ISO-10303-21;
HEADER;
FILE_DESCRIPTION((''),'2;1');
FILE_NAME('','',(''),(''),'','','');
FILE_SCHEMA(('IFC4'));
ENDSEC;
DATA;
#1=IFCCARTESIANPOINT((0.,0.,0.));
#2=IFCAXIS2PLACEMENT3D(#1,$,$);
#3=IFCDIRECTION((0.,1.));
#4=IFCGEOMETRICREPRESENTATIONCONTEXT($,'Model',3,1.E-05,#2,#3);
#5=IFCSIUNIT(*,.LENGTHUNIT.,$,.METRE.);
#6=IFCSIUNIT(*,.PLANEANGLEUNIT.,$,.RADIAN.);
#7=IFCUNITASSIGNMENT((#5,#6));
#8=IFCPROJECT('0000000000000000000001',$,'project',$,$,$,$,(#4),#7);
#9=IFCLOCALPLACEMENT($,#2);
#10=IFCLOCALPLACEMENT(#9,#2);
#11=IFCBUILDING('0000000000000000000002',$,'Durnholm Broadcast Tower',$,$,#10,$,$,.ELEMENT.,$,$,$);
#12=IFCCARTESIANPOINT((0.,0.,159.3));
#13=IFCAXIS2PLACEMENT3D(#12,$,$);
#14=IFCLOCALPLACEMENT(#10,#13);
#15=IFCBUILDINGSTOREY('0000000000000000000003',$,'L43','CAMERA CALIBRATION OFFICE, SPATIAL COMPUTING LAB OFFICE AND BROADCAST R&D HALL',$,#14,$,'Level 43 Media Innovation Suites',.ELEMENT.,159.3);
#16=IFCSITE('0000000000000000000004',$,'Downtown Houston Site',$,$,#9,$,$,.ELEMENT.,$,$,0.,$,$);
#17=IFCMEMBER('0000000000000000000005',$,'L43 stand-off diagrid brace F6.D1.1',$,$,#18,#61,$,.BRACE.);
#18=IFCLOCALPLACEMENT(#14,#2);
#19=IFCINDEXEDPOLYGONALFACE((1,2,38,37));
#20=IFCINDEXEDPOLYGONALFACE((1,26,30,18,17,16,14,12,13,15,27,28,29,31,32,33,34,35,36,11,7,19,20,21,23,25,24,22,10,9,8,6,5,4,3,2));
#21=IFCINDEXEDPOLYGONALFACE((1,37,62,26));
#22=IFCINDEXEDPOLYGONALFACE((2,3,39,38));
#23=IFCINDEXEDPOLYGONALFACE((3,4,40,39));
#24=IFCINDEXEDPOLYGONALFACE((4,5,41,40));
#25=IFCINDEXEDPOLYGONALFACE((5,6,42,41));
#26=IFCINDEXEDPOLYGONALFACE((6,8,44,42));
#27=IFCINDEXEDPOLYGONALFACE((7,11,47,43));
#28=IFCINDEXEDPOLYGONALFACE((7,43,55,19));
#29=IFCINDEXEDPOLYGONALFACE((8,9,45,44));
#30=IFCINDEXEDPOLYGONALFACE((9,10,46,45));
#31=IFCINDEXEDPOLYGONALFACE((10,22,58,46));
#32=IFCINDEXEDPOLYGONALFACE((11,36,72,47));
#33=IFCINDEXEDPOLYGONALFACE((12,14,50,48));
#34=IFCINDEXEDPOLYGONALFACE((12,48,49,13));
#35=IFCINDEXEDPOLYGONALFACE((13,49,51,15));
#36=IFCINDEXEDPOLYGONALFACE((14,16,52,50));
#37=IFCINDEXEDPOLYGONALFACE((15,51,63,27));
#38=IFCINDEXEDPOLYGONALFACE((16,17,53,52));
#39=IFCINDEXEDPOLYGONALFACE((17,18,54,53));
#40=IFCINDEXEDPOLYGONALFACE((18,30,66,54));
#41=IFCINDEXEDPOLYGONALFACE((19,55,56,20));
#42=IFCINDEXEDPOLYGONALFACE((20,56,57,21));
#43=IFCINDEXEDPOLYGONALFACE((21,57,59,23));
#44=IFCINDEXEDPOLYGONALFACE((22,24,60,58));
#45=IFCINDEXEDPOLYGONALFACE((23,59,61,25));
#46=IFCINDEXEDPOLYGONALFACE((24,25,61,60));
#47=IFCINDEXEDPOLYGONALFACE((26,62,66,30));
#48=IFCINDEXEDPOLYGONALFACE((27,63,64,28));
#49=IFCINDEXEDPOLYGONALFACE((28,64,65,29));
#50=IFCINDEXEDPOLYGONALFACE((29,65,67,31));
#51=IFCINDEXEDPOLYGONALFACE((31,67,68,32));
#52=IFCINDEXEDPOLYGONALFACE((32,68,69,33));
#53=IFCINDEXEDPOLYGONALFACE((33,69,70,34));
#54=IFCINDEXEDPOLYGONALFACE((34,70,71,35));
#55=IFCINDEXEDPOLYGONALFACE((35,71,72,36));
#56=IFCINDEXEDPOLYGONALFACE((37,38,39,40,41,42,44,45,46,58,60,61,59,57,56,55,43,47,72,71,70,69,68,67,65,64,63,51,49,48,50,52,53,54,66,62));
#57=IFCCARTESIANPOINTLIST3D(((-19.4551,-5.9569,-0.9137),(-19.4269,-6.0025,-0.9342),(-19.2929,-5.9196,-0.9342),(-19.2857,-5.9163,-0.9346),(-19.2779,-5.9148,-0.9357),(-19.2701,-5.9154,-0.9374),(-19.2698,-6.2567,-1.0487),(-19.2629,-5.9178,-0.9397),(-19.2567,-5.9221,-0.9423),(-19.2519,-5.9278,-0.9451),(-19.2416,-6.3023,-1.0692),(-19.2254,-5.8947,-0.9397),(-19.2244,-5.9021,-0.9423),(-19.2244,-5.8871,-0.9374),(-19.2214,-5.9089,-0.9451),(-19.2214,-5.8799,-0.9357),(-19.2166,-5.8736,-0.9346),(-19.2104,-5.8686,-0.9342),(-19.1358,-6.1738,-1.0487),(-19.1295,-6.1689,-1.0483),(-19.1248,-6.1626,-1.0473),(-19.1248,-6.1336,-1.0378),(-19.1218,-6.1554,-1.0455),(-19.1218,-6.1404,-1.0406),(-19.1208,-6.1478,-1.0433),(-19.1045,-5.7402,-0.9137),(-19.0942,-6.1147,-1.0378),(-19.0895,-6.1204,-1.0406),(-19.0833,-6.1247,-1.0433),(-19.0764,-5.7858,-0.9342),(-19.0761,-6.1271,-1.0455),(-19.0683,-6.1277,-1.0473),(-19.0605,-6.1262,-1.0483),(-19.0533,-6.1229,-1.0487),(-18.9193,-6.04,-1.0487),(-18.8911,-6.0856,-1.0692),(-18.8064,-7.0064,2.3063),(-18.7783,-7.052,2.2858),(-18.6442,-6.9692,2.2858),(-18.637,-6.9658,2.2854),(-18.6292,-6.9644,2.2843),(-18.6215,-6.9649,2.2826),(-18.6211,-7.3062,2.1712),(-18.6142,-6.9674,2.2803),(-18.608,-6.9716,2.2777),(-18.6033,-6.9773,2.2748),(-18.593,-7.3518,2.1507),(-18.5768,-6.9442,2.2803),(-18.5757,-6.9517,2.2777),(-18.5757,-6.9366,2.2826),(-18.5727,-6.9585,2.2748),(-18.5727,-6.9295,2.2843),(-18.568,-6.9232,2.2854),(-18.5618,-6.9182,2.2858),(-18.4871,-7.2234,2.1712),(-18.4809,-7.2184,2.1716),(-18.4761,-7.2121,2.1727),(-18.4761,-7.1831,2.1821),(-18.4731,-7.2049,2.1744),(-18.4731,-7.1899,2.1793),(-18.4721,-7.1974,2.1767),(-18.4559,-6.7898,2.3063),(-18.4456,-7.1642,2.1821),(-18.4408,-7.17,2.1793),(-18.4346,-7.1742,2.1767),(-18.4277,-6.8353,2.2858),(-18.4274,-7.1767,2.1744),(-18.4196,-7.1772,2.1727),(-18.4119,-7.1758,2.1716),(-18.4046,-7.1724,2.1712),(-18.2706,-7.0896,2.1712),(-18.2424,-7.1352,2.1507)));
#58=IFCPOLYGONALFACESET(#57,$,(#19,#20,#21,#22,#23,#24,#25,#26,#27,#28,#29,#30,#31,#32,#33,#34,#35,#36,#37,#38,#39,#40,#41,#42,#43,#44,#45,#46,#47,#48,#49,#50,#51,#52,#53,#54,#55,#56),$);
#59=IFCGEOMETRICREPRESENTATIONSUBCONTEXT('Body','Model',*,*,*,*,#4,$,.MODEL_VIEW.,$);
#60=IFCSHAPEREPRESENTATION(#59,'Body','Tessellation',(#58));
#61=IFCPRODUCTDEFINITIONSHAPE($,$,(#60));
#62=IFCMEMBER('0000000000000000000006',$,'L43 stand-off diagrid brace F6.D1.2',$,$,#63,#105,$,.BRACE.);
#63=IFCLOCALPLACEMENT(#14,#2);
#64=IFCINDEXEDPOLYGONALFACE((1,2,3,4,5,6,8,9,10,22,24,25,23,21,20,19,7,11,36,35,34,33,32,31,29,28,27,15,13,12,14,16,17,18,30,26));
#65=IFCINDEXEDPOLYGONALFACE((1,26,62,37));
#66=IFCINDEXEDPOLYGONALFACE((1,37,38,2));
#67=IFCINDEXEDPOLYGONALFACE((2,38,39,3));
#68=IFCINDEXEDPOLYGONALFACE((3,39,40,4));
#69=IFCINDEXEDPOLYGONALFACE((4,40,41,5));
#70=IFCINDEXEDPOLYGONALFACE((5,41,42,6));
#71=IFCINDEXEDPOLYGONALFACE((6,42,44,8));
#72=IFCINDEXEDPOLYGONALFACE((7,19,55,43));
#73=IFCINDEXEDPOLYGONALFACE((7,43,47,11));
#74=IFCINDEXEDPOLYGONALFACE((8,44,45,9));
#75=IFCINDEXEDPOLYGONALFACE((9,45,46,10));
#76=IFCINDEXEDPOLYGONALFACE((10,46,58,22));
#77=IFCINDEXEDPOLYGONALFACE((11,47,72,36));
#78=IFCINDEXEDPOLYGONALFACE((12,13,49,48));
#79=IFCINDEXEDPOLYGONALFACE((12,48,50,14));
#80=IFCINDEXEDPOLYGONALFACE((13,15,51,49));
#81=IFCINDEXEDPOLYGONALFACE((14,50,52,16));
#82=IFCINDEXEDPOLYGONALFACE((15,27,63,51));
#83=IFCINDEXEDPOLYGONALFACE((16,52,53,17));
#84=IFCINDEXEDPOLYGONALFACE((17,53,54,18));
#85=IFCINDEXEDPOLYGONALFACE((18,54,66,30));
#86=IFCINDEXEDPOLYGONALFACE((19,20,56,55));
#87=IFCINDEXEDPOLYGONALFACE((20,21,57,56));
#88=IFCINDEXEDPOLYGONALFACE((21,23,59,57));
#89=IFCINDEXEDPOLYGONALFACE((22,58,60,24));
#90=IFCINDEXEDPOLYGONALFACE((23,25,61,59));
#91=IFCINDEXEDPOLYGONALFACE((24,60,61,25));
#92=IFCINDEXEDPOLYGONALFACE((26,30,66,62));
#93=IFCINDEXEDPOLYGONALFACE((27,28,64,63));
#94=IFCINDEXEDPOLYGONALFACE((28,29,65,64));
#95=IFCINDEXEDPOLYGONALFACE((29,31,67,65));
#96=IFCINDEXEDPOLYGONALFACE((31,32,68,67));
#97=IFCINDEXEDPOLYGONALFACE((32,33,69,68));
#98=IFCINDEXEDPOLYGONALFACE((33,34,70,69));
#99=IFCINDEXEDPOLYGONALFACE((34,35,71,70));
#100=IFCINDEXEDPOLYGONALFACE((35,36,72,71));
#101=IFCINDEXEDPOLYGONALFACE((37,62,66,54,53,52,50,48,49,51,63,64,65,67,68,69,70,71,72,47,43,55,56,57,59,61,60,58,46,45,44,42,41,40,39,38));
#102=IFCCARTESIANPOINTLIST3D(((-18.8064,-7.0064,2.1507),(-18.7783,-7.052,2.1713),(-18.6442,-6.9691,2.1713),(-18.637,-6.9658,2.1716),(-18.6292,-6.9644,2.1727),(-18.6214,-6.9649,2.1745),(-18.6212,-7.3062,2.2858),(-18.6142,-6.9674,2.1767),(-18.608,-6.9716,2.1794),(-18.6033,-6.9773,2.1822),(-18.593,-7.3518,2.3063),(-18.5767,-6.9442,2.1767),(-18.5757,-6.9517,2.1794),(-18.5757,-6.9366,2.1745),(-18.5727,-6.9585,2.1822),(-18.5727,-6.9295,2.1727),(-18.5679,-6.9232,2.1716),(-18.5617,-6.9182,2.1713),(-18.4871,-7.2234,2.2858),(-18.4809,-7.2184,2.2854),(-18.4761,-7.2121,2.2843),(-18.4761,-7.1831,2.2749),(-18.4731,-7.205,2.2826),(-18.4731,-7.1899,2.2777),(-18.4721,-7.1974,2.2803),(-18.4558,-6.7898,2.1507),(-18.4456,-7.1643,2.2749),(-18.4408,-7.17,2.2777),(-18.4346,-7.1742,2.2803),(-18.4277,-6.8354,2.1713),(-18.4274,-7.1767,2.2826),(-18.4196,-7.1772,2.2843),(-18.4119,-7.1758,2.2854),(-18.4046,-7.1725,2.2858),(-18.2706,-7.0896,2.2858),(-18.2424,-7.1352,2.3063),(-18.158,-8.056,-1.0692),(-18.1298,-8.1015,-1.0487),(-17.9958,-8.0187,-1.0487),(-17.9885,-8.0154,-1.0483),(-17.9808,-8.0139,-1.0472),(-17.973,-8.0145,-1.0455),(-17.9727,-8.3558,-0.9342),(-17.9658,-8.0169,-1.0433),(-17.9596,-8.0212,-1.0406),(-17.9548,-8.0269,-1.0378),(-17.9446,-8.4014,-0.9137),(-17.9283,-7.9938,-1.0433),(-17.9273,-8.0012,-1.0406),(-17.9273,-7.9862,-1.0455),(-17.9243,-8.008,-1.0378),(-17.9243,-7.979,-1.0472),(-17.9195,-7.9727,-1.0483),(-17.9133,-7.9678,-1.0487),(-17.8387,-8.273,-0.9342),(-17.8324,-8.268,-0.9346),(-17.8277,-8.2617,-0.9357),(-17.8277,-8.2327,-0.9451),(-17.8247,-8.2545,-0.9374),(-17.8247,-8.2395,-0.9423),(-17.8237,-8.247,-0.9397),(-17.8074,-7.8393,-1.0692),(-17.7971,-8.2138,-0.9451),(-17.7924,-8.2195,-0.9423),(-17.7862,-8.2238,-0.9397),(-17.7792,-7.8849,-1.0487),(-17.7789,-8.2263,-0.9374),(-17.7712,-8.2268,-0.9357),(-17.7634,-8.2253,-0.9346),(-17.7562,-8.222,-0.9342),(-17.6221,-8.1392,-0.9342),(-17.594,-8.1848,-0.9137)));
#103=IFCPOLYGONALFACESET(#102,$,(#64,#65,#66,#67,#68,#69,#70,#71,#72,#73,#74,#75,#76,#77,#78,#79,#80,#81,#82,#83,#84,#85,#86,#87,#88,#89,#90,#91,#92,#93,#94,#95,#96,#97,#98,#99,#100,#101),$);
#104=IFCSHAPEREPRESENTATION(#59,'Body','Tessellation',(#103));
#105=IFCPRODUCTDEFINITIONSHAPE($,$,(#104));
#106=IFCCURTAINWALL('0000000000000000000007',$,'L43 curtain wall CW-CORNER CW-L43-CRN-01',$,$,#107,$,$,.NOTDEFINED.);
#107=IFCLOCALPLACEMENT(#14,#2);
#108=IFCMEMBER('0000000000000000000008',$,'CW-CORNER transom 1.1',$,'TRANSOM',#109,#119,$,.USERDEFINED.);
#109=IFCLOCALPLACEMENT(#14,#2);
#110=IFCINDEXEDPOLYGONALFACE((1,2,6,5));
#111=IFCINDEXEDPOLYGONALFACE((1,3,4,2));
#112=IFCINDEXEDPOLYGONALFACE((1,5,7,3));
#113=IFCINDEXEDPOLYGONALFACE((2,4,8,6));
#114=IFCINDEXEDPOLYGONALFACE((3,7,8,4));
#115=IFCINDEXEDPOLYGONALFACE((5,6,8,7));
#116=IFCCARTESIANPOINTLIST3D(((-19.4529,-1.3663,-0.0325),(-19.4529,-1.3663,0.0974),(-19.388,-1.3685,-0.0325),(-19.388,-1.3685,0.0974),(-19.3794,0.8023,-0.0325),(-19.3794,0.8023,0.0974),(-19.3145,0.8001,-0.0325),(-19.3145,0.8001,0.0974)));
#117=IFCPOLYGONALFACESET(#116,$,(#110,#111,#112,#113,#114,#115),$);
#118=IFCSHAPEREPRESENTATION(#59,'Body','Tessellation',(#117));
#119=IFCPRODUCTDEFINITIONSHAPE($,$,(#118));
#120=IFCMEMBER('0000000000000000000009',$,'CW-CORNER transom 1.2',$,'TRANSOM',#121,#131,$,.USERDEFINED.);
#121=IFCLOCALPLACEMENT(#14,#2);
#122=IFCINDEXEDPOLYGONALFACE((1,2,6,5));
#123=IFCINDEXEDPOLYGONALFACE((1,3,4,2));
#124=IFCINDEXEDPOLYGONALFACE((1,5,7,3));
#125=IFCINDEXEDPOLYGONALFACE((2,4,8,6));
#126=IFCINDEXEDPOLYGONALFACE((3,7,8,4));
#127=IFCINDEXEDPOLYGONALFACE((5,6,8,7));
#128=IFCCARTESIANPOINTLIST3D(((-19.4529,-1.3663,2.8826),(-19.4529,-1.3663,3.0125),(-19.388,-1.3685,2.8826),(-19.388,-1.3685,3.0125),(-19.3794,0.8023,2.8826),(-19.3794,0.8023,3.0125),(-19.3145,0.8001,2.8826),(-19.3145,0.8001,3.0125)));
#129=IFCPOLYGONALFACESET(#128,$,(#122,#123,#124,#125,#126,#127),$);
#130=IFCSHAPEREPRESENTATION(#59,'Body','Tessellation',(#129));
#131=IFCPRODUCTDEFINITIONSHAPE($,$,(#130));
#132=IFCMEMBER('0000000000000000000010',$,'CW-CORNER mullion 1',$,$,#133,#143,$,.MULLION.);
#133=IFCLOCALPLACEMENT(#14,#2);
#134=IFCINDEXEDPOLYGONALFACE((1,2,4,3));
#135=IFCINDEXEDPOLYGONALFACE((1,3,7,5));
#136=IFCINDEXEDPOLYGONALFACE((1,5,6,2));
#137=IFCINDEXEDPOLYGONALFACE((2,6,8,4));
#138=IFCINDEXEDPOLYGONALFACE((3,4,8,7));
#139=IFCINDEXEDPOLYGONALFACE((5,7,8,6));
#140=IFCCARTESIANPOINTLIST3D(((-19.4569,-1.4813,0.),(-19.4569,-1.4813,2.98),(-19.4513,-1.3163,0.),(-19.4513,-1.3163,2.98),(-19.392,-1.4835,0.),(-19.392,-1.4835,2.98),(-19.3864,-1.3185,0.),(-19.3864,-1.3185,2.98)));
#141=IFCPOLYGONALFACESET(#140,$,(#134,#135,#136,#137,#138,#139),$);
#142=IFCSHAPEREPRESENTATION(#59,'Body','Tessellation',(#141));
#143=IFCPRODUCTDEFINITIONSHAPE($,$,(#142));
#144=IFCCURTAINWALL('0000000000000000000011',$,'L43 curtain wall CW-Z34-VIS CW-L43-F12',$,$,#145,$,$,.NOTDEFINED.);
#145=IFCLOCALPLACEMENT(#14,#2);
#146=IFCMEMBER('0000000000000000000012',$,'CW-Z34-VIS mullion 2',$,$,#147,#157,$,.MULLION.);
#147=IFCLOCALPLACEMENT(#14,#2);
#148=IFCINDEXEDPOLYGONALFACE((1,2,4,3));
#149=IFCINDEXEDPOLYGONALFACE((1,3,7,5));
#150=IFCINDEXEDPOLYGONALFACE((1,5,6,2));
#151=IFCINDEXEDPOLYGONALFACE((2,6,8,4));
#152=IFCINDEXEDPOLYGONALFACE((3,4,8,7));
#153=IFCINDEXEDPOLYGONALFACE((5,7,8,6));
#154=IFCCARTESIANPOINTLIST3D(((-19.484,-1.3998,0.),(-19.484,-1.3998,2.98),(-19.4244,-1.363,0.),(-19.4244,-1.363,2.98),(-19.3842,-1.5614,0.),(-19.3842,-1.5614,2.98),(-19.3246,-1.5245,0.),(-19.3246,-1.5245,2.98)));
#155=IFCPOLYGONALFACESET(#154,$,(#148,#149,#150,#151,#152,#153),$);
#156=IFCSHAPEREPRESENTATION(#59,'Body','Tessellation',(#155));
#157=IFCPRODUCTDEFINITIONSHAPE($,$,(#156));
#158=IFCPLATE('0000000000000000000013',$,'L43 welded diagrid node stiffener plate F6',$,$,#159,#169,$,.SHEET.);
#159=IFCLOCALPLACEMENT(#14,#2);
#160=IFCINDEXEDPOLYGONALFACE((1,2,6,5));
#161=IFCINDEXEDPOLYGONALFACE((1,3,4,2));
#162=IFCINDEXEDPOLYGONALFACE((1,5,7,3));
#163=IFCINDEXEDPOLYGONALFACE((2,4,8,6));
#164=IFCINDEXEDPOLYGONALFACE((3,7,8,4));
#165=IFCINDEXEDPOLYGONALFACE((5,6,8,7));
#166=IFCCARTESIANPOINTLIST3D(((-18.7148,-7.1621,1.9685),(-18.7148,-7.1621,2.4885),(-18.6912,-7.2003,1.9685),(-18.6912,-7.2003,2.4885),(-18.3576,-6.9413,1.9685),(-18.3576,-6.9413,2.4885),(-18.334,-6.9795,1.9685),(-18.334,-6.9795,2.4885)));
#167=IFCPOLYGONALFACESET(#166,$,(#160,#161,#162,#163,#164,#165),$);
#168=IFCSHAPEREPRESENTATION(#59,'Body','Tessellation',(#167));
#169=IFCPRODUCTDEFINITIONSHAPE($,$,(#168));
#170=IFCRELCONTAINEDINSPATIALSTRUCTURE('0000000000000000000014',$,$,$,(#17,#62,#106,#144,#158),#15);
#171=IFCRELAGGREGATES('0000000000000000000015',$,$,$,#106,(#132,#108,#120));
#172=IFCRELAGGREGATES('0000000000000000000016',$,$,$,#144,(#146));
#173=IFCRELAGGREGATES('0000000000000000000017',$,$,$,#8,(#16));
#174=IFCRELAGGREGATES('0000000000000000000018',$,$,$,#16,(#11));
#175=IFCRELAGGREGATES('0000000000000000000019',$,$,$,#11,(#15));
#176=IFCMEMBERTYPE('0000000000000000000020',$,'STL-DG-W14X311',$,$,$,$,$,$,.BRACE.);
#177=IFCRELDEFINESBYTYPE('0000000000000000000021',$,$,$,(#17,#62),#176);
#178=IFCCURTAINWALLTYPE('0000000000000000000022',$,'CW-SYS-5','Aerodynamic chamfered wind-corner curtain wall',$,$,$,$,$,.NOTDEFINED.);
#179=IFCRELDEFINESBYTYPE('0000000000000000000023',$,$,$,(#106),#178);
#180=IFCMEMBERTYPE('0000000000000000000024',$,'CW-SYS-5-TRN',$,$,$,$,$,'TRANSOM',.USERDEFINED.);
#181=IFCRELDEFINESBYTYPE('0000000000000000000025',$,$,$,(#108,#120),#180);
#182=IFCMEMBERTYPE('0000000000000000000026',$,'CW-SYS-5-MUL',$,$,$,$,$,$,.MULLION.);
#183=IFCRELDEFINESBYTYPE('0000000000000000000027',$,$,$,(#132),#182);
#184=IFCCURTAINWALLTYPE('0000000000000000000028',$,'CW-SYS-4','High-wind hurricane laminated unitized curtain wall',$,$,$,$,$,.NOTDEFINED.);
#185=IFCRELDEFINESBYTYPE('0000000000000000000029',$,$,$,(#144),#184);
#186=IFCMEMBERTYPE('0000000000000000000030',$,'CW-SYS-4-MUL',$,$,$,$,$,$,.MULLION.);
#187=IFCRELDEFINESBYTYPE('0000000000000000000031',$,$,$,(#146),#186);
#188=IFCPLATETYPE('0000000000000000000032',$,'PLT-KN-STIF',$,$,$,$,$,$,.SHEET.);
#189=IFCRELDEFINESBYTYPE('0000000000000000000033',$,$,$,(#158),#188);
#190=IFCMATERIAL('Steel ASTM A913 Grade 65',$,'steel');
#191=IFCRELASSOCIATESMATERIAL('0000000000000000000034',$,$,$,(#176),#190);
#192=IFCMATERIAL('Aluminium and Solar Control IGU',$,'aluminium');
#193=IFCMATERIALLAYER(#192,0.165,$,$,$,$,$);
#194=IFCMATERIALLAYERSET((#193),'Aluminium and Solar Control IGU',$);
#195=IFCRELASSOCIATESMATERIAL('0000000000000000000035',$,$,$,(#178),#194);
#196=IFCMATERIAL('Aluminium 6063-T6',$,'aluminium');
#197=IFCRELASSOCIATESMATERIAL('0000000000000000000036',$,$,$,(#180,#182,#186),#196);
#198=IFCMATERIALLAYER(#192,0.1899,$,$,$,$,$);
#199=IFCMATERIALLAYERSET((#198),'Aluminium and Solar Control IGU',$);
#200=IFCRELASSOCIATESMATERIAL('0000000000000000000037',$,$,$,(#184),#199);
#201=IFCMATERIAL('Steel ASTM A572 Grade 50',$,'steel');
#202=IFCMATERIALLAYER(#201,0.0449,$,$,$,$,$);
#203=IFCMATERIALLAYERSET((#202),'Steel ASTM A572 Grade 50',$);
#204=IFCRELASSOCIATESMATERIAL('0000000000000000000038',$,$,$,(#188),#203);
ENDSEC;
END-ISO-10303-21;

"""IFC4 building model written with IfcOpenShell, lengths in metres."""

from ifc_helpers import new_model, si_unit, direction, frame, origin, origin_2d, place, context, subcontext, project, spatial, rectangle, i_section, extrude, source, transform, mapped, material, layer, layer_set, material_profile, profile_set, type_object, type_shapes, element, aggregate, save


model = new_model("IFC4")

# Units and contexts
model_context = context("Model", 3, precision=1e-05, world=origin(), true_north=direction((0.0, 1.0)))
body_context = subcontext(model_context, "Body", "Model", "MODEL_VIEW")
ifc_project = project(units=[si_unit("LENGTHUNIT", "METRE"), si_unit("PLANEANGLEUNIT", "RADIAN")], contexts=[model_context])

# Site, building, storey
site_placement = place(None, origin())
site = spatial("IfcSite", under=ifc_project, at=site_placement, Name="Downtown Houston Site", CompositionType="ELEMENT", RefElevation=0.0)
building_placement = place(site_placement, origin())
building = spatial("IfcBuilding", under=site, at=building_placement, Name="Durnholm Broadcast Tower", CompositionType="ELEMENT")
storey_placement = place(building_placement, frame((0.0, 0.0, 159.3)))
storey = spatial("IfcBuildingStorey", under=building, at=storey_placement, Name="L43", Description="CAMERA CALIBRATION OFFICE, SPATIAL COMPUTING LAB OFFICE AND BROADCAST R&D HALL", LongName="Level 43 Media Innovation Suites", CompositionType="ELEMENT", Elevation=159.3)

# Members
ifc_material_1 = material(Name="Steel ASTM A913 Grade 65", Category="steel")
ifc_material_profile_1 = material_profile(ifc_material_1, i_section(OverallWidth=0.4121, OverallDepth=0.4348, WebThickness=0.0359, FlangeThickness=0.0574, FilletRadius=0.0305, at=origin_2d()), Name="W14X311")
ifc_profile_set_1 = profile_set([ifc_material_profile_1], Name="Steel ASTM A913 Grade 65")
member_type_1 = type_object("IfcMemberType", Name="STL-DG-W14X311", PredefinedType="BRACE", material=ifc_profile_set_1)
shared_shape_1 = source(origin(), body_context, "Body", "SweptSolid", [
    extrude(i_section(OverallWidth=0.4121, OverallDepth=0.4348, WebThickness=0.0359, FlangeThickness=0.0574, FilletRadius=0.0305, at=origin_2d()), origin(), (0.0, 0.0, 1.0), 3.4482),
])
type_shapes(member_type_1, [shared_shape_1])
for number, where, z_axis, x_axis, name in (
    (1, (-19.1731, -6.0212, -0.9915), (0.188118, -0.304373, 0.933793), (0.850644, 0.525741, 0.0), "L43 stand-off diagrid brace F6.D1.1"),
    (2, (-17.876, -8.1204, -0.9915), (-0.18805, 0.304377, 0.933805), (-0.850733, -0.525598, 0.0), "L43 stand-off diagrid brace F6.D1.2"),
):
    element("IfcMember", number, at=place(storey_placement, frame(where, z_axis=z_axis, x_axis=x_axis)), inside=storey, type_object=member_type_1, Name=name, PredefinedType="BRACE", context=body_context, shape_type="MappedRepresentation", body=[
        mapped(shared_shape_1, transform((0.0, 0.0, 0.0), x_axis=(1.0, 0.0, 0.0), y_axis=(0.0, 1.0, 0.0), z_axis=(0.0, 0.0, 1.0), scale=1.0)),
    ])

# Curtain wall, members
ifc_material_2 = material(Name="Aluminium and Solar Control IGU", Category="aluminium")
ifc_layer_1 = layer(ifc_material_2, 0.165)
ifc_layer_set_1 = layer_set([ifc_layer_1], Name="Aluminium and Solar Control IGU")
curtain_wall_type_1 = type_object("IfcCurtainWallType", Name="CW-SYS-5", Description="Aerodynamic chamfered wind-corner curtain wall", PredefinedType="NOTDEFINED", material=ifc_layer_set_1)
curtain_wall_1_placement = place(storey_placement, origin())
curtain_wall_1 = element("IfcCurtainWall", 3, at=curtain_wall_1_placement, inside=storey, type_object=curtain_wall_type_1, Name="L43 curtain wall CW-CORNER CW-L43-CRN-01", PredefinedType="NOTDEFINED")
ifc_material_3 = material(Name="Aluminium 6063-T6", Category="aluminium")
ifc_material_profile_2 = material_profile(ifc_material_3, rectangle(XDim=0.0649, YDim=0.1299, at=origin_2d()), Name="CWT65X130")
ifc_profile_set_2 = profile_set([ifc_material_profile_2], Name="Aluminium 6063-T6")
member_type_2 = type_object("IfcMemberType", Name="CW-SYS-5-TRN", ElementType="TRANSOM", PredefinedType="USERDEFINED", material=ifc_profile_set_2)
shared_shape_2 = source(origin(), body_context, "Body", "SweptSolid", [
    extrude(rectangle(XDim=0.0649, YDim=0.1299, at=origin_2d()), origin(), (0.0, 0.0, 1.0), 2.1699),
])
type_shapes(member_type_2, [shared_shape_2])
member_1_placement = place(storey_placement, frame((-19.4204, -1.3674, 0.0325), z_axis=(0.033866, 0.999426, 0.0), x_axis=(-0.999426, 0.033866, 0.0)))
member_1 = element("IfcMember", 4, at=member_1_placement, type_object=member_type_2, Name="CW-CORNER transom 1.1", ObjectType="TRANSOM", PredefinedType="USERDEFINED", context=body_context, shape_type="MappedRepresentation", body=[
    mapped(shared_shape_2, transform((0.0, 0.0, 0.0), x_axis=(1.0, 0.0, 0.0), y_axis=(0.0, 1.0, 0.0), z_axis=(0.0, 0.0, 1.0), scale=1.0)),
])
member_2_placement = place(storey_placement, frame((-19.4204, -1.3674, 2.9475), z_axis=(0.033866, 0.999426, 0.0), x_axis=(-0.999426, 0.033866, 0.0)))
member_2 = element("IfcMember", 5, at=member_2_placement, type_object=member_type_2, Name="CW-CORNER transom 1.2", ObjectType="TRANSOM", PredefinedType="USERDEFINED", context=body_context, shape_type="MappedRepresentation", body=[
    mapped(shared_shape_2, transform((0.0, 0.0, 0.0), x_axis=(1.0, 0.0, 0.0), y_axis=(0.0, 1.0, 0.0), z_axis=(0.0, 0.0, 1.0), scale=1.0)),
])
ifc_material_profile_3 = material_profile(ifc_material_3, rectangle(XDim=0.0649, YDim=0.165, at=origin_2d()), Name="CWM65X165")
ifc_profile_set_3 = profile_set([ifc_material_profile_3], Name="Aluminium 6063-T6")
member_type_3 = type_object("IfcMemberType", Name="CW-SYS-5-MUL", PredefinedType="MULLION", material=ifc_profile_set_3)
shared_shape_3 = source(origin(), body_context, "Body", "SweptSolid", [
    extrude(rectangle(XDim=0.0649, YDim=0.165, at=origin_2d()), origin(), (0.0, 0.0, 1.0), 2.98),
])
type_shapes(member_type_3, [shared_shape_3])
member_3_placement = place(storey_placement, frame((-19.4216, -1.3999, 0.0), z_axis=(0.0, 0.0, 1.0), x_axis=(-0.999425, 0.033913, 0.0)))
member_3 = element("IfcMember", 6, at=member_3_placement, type_object=member_type_3, Name="CW-CORNER mullion 1", PredefinedType="MULLION", context=body_context, shape_type="MappedRepresentation", body=[
    mapped(shared_shape_3, transform((0.0, 0.0, 0.0), x_axis=(1.0, 0.0, 0.0), y_axis=(0.0, 1.0, 0.0), z_axis=(0.0, 0.0, 1.0), scale=1.0)),
])
aggregate(curtain_wall_1, [member_3, member_1, member_2])

# Curtain wall, member
ifc_layer_2 = layer(ifc_material_2, 0.1899)
ifc_layer_set_2 = layer_set([ifc_layer_2], Name="Aluminium and Solar Control IGU")
curtain_wall_type_2 = type_object("IfcCurtainWallType", Name="CW-SYS-4", Description="High-wind hurricane laminated unitized curtain wall", PredefinedType="NOTDEFINED", material=ifc_layer_set_2)
curtain_wall_2_placement = place(storey_placement, origin())
curtain_wall_2 = element("IfcCurtainWall", 7, at=curtain_wall_2_placement, inside=storey, type_object=curtain_wall_type_2, Name="L43 curtain wall CW-Z34-VIS CW-L43-F12", PredefinedType="NOTDEFINED")
ifc_material_profile_4 = material_profile(ifc_material_3, rectangle(XDim=0.0701, YDim=0.1899, at=origin_2d()), Name="CWM70X190")
ifc_profile_set_4 = profile_set([ifc_material_profile_4], Name="Aluminium 6063-T6")
member_type_4 = type_object("IfcMemberType", Name="CW-SYS-4-MUL", PredefinedType="MULLION", material=ifc_profile_set_4)
shared_shape_4 = source(origin(), body_context, "Body", "SweptSolid", [
    extrude(rectangle(XDim=0.0701, YDim=0.1899, at=origin_2d()), origin(), (0.0, 0.0, 1.0), 2.98),
])
type_shapes(member_type_4, [shared_shape_4])
member_4_placement = place(storey_placement, frame((-19.4043, -1.4622, 0.0), z_axis=(0.0, 0.0, 1.0), x_axis=(-0.850671, -0.525698, 0.0)))
member_4 = element("IfcMember", 8, at=member_4_placement, type_object=member_type_4, Name="CW-Z34-VIS mullion 2", PredefinedType="MULLION", context=body_context, shape_type="MappedRepresentation", body=[
    mapped(shared_shape_4, transform((0.0, 0.0, 0.0), x_axis=(1.0, 0.0, 0.0), y_axis=(0.0, 1.0, 0.0), z_axis=(0.0, 0.0, 1.0), scale=1.0)),
])

# Plate
ifc_material_4 = material(Name="Steel ASTM A572 Grade 50", Category="steel")
ifc_layer_3 = layer(ifc_material_4, 0.0449)
ifc_layer_set_3 = layer_set([ifc_layer_3], Name="Steel ASTM A572 Grade 50")
plate_type_1 = type_object("IfcPlateType", Name="PLT-KN-STIF", PredefinedType="SHEET", material=ifc_layer_set_3)
shared_shape_5 = source(origin(), body_context, "Body", "SweptSolid", [
    extrude(rectangle(XDim=0.0449, YDim=0.4199, at=origin_2d()), origin(), (0.0, 0.0, 1.0), 0.52),
])
type_shapes(plate_type_1, [shared_shape_5])
plate_1_placement = place(storey_placement, frame((-18.5244, -7.0708, 1.9685), z_axis=(0.0, 0.0, 1.0), x_axis=(0.525769, -0.850628, 0.0)))
element("IfcPlate", 9, at=plate_1_placement, inside=storey, type_object=plate_type_1, Name="L43 welded diagrid node stiffener plate F6", PredefinedType="SHEET", context=body_context, shape_type="MappedRepresentation", body=[
    mapped(shared_shape_5, transform((0.0, 0.0, 0.0), x_axis=(1.0, 0.0, 0.0), y_axis=(0.0, 1.0, 0.0), z_axis=(0.0, 0.0, 1.0), scale=1.0)),
])

aggregate(curtain_wall_2, [member_4])

save(model, "model.ifc")
